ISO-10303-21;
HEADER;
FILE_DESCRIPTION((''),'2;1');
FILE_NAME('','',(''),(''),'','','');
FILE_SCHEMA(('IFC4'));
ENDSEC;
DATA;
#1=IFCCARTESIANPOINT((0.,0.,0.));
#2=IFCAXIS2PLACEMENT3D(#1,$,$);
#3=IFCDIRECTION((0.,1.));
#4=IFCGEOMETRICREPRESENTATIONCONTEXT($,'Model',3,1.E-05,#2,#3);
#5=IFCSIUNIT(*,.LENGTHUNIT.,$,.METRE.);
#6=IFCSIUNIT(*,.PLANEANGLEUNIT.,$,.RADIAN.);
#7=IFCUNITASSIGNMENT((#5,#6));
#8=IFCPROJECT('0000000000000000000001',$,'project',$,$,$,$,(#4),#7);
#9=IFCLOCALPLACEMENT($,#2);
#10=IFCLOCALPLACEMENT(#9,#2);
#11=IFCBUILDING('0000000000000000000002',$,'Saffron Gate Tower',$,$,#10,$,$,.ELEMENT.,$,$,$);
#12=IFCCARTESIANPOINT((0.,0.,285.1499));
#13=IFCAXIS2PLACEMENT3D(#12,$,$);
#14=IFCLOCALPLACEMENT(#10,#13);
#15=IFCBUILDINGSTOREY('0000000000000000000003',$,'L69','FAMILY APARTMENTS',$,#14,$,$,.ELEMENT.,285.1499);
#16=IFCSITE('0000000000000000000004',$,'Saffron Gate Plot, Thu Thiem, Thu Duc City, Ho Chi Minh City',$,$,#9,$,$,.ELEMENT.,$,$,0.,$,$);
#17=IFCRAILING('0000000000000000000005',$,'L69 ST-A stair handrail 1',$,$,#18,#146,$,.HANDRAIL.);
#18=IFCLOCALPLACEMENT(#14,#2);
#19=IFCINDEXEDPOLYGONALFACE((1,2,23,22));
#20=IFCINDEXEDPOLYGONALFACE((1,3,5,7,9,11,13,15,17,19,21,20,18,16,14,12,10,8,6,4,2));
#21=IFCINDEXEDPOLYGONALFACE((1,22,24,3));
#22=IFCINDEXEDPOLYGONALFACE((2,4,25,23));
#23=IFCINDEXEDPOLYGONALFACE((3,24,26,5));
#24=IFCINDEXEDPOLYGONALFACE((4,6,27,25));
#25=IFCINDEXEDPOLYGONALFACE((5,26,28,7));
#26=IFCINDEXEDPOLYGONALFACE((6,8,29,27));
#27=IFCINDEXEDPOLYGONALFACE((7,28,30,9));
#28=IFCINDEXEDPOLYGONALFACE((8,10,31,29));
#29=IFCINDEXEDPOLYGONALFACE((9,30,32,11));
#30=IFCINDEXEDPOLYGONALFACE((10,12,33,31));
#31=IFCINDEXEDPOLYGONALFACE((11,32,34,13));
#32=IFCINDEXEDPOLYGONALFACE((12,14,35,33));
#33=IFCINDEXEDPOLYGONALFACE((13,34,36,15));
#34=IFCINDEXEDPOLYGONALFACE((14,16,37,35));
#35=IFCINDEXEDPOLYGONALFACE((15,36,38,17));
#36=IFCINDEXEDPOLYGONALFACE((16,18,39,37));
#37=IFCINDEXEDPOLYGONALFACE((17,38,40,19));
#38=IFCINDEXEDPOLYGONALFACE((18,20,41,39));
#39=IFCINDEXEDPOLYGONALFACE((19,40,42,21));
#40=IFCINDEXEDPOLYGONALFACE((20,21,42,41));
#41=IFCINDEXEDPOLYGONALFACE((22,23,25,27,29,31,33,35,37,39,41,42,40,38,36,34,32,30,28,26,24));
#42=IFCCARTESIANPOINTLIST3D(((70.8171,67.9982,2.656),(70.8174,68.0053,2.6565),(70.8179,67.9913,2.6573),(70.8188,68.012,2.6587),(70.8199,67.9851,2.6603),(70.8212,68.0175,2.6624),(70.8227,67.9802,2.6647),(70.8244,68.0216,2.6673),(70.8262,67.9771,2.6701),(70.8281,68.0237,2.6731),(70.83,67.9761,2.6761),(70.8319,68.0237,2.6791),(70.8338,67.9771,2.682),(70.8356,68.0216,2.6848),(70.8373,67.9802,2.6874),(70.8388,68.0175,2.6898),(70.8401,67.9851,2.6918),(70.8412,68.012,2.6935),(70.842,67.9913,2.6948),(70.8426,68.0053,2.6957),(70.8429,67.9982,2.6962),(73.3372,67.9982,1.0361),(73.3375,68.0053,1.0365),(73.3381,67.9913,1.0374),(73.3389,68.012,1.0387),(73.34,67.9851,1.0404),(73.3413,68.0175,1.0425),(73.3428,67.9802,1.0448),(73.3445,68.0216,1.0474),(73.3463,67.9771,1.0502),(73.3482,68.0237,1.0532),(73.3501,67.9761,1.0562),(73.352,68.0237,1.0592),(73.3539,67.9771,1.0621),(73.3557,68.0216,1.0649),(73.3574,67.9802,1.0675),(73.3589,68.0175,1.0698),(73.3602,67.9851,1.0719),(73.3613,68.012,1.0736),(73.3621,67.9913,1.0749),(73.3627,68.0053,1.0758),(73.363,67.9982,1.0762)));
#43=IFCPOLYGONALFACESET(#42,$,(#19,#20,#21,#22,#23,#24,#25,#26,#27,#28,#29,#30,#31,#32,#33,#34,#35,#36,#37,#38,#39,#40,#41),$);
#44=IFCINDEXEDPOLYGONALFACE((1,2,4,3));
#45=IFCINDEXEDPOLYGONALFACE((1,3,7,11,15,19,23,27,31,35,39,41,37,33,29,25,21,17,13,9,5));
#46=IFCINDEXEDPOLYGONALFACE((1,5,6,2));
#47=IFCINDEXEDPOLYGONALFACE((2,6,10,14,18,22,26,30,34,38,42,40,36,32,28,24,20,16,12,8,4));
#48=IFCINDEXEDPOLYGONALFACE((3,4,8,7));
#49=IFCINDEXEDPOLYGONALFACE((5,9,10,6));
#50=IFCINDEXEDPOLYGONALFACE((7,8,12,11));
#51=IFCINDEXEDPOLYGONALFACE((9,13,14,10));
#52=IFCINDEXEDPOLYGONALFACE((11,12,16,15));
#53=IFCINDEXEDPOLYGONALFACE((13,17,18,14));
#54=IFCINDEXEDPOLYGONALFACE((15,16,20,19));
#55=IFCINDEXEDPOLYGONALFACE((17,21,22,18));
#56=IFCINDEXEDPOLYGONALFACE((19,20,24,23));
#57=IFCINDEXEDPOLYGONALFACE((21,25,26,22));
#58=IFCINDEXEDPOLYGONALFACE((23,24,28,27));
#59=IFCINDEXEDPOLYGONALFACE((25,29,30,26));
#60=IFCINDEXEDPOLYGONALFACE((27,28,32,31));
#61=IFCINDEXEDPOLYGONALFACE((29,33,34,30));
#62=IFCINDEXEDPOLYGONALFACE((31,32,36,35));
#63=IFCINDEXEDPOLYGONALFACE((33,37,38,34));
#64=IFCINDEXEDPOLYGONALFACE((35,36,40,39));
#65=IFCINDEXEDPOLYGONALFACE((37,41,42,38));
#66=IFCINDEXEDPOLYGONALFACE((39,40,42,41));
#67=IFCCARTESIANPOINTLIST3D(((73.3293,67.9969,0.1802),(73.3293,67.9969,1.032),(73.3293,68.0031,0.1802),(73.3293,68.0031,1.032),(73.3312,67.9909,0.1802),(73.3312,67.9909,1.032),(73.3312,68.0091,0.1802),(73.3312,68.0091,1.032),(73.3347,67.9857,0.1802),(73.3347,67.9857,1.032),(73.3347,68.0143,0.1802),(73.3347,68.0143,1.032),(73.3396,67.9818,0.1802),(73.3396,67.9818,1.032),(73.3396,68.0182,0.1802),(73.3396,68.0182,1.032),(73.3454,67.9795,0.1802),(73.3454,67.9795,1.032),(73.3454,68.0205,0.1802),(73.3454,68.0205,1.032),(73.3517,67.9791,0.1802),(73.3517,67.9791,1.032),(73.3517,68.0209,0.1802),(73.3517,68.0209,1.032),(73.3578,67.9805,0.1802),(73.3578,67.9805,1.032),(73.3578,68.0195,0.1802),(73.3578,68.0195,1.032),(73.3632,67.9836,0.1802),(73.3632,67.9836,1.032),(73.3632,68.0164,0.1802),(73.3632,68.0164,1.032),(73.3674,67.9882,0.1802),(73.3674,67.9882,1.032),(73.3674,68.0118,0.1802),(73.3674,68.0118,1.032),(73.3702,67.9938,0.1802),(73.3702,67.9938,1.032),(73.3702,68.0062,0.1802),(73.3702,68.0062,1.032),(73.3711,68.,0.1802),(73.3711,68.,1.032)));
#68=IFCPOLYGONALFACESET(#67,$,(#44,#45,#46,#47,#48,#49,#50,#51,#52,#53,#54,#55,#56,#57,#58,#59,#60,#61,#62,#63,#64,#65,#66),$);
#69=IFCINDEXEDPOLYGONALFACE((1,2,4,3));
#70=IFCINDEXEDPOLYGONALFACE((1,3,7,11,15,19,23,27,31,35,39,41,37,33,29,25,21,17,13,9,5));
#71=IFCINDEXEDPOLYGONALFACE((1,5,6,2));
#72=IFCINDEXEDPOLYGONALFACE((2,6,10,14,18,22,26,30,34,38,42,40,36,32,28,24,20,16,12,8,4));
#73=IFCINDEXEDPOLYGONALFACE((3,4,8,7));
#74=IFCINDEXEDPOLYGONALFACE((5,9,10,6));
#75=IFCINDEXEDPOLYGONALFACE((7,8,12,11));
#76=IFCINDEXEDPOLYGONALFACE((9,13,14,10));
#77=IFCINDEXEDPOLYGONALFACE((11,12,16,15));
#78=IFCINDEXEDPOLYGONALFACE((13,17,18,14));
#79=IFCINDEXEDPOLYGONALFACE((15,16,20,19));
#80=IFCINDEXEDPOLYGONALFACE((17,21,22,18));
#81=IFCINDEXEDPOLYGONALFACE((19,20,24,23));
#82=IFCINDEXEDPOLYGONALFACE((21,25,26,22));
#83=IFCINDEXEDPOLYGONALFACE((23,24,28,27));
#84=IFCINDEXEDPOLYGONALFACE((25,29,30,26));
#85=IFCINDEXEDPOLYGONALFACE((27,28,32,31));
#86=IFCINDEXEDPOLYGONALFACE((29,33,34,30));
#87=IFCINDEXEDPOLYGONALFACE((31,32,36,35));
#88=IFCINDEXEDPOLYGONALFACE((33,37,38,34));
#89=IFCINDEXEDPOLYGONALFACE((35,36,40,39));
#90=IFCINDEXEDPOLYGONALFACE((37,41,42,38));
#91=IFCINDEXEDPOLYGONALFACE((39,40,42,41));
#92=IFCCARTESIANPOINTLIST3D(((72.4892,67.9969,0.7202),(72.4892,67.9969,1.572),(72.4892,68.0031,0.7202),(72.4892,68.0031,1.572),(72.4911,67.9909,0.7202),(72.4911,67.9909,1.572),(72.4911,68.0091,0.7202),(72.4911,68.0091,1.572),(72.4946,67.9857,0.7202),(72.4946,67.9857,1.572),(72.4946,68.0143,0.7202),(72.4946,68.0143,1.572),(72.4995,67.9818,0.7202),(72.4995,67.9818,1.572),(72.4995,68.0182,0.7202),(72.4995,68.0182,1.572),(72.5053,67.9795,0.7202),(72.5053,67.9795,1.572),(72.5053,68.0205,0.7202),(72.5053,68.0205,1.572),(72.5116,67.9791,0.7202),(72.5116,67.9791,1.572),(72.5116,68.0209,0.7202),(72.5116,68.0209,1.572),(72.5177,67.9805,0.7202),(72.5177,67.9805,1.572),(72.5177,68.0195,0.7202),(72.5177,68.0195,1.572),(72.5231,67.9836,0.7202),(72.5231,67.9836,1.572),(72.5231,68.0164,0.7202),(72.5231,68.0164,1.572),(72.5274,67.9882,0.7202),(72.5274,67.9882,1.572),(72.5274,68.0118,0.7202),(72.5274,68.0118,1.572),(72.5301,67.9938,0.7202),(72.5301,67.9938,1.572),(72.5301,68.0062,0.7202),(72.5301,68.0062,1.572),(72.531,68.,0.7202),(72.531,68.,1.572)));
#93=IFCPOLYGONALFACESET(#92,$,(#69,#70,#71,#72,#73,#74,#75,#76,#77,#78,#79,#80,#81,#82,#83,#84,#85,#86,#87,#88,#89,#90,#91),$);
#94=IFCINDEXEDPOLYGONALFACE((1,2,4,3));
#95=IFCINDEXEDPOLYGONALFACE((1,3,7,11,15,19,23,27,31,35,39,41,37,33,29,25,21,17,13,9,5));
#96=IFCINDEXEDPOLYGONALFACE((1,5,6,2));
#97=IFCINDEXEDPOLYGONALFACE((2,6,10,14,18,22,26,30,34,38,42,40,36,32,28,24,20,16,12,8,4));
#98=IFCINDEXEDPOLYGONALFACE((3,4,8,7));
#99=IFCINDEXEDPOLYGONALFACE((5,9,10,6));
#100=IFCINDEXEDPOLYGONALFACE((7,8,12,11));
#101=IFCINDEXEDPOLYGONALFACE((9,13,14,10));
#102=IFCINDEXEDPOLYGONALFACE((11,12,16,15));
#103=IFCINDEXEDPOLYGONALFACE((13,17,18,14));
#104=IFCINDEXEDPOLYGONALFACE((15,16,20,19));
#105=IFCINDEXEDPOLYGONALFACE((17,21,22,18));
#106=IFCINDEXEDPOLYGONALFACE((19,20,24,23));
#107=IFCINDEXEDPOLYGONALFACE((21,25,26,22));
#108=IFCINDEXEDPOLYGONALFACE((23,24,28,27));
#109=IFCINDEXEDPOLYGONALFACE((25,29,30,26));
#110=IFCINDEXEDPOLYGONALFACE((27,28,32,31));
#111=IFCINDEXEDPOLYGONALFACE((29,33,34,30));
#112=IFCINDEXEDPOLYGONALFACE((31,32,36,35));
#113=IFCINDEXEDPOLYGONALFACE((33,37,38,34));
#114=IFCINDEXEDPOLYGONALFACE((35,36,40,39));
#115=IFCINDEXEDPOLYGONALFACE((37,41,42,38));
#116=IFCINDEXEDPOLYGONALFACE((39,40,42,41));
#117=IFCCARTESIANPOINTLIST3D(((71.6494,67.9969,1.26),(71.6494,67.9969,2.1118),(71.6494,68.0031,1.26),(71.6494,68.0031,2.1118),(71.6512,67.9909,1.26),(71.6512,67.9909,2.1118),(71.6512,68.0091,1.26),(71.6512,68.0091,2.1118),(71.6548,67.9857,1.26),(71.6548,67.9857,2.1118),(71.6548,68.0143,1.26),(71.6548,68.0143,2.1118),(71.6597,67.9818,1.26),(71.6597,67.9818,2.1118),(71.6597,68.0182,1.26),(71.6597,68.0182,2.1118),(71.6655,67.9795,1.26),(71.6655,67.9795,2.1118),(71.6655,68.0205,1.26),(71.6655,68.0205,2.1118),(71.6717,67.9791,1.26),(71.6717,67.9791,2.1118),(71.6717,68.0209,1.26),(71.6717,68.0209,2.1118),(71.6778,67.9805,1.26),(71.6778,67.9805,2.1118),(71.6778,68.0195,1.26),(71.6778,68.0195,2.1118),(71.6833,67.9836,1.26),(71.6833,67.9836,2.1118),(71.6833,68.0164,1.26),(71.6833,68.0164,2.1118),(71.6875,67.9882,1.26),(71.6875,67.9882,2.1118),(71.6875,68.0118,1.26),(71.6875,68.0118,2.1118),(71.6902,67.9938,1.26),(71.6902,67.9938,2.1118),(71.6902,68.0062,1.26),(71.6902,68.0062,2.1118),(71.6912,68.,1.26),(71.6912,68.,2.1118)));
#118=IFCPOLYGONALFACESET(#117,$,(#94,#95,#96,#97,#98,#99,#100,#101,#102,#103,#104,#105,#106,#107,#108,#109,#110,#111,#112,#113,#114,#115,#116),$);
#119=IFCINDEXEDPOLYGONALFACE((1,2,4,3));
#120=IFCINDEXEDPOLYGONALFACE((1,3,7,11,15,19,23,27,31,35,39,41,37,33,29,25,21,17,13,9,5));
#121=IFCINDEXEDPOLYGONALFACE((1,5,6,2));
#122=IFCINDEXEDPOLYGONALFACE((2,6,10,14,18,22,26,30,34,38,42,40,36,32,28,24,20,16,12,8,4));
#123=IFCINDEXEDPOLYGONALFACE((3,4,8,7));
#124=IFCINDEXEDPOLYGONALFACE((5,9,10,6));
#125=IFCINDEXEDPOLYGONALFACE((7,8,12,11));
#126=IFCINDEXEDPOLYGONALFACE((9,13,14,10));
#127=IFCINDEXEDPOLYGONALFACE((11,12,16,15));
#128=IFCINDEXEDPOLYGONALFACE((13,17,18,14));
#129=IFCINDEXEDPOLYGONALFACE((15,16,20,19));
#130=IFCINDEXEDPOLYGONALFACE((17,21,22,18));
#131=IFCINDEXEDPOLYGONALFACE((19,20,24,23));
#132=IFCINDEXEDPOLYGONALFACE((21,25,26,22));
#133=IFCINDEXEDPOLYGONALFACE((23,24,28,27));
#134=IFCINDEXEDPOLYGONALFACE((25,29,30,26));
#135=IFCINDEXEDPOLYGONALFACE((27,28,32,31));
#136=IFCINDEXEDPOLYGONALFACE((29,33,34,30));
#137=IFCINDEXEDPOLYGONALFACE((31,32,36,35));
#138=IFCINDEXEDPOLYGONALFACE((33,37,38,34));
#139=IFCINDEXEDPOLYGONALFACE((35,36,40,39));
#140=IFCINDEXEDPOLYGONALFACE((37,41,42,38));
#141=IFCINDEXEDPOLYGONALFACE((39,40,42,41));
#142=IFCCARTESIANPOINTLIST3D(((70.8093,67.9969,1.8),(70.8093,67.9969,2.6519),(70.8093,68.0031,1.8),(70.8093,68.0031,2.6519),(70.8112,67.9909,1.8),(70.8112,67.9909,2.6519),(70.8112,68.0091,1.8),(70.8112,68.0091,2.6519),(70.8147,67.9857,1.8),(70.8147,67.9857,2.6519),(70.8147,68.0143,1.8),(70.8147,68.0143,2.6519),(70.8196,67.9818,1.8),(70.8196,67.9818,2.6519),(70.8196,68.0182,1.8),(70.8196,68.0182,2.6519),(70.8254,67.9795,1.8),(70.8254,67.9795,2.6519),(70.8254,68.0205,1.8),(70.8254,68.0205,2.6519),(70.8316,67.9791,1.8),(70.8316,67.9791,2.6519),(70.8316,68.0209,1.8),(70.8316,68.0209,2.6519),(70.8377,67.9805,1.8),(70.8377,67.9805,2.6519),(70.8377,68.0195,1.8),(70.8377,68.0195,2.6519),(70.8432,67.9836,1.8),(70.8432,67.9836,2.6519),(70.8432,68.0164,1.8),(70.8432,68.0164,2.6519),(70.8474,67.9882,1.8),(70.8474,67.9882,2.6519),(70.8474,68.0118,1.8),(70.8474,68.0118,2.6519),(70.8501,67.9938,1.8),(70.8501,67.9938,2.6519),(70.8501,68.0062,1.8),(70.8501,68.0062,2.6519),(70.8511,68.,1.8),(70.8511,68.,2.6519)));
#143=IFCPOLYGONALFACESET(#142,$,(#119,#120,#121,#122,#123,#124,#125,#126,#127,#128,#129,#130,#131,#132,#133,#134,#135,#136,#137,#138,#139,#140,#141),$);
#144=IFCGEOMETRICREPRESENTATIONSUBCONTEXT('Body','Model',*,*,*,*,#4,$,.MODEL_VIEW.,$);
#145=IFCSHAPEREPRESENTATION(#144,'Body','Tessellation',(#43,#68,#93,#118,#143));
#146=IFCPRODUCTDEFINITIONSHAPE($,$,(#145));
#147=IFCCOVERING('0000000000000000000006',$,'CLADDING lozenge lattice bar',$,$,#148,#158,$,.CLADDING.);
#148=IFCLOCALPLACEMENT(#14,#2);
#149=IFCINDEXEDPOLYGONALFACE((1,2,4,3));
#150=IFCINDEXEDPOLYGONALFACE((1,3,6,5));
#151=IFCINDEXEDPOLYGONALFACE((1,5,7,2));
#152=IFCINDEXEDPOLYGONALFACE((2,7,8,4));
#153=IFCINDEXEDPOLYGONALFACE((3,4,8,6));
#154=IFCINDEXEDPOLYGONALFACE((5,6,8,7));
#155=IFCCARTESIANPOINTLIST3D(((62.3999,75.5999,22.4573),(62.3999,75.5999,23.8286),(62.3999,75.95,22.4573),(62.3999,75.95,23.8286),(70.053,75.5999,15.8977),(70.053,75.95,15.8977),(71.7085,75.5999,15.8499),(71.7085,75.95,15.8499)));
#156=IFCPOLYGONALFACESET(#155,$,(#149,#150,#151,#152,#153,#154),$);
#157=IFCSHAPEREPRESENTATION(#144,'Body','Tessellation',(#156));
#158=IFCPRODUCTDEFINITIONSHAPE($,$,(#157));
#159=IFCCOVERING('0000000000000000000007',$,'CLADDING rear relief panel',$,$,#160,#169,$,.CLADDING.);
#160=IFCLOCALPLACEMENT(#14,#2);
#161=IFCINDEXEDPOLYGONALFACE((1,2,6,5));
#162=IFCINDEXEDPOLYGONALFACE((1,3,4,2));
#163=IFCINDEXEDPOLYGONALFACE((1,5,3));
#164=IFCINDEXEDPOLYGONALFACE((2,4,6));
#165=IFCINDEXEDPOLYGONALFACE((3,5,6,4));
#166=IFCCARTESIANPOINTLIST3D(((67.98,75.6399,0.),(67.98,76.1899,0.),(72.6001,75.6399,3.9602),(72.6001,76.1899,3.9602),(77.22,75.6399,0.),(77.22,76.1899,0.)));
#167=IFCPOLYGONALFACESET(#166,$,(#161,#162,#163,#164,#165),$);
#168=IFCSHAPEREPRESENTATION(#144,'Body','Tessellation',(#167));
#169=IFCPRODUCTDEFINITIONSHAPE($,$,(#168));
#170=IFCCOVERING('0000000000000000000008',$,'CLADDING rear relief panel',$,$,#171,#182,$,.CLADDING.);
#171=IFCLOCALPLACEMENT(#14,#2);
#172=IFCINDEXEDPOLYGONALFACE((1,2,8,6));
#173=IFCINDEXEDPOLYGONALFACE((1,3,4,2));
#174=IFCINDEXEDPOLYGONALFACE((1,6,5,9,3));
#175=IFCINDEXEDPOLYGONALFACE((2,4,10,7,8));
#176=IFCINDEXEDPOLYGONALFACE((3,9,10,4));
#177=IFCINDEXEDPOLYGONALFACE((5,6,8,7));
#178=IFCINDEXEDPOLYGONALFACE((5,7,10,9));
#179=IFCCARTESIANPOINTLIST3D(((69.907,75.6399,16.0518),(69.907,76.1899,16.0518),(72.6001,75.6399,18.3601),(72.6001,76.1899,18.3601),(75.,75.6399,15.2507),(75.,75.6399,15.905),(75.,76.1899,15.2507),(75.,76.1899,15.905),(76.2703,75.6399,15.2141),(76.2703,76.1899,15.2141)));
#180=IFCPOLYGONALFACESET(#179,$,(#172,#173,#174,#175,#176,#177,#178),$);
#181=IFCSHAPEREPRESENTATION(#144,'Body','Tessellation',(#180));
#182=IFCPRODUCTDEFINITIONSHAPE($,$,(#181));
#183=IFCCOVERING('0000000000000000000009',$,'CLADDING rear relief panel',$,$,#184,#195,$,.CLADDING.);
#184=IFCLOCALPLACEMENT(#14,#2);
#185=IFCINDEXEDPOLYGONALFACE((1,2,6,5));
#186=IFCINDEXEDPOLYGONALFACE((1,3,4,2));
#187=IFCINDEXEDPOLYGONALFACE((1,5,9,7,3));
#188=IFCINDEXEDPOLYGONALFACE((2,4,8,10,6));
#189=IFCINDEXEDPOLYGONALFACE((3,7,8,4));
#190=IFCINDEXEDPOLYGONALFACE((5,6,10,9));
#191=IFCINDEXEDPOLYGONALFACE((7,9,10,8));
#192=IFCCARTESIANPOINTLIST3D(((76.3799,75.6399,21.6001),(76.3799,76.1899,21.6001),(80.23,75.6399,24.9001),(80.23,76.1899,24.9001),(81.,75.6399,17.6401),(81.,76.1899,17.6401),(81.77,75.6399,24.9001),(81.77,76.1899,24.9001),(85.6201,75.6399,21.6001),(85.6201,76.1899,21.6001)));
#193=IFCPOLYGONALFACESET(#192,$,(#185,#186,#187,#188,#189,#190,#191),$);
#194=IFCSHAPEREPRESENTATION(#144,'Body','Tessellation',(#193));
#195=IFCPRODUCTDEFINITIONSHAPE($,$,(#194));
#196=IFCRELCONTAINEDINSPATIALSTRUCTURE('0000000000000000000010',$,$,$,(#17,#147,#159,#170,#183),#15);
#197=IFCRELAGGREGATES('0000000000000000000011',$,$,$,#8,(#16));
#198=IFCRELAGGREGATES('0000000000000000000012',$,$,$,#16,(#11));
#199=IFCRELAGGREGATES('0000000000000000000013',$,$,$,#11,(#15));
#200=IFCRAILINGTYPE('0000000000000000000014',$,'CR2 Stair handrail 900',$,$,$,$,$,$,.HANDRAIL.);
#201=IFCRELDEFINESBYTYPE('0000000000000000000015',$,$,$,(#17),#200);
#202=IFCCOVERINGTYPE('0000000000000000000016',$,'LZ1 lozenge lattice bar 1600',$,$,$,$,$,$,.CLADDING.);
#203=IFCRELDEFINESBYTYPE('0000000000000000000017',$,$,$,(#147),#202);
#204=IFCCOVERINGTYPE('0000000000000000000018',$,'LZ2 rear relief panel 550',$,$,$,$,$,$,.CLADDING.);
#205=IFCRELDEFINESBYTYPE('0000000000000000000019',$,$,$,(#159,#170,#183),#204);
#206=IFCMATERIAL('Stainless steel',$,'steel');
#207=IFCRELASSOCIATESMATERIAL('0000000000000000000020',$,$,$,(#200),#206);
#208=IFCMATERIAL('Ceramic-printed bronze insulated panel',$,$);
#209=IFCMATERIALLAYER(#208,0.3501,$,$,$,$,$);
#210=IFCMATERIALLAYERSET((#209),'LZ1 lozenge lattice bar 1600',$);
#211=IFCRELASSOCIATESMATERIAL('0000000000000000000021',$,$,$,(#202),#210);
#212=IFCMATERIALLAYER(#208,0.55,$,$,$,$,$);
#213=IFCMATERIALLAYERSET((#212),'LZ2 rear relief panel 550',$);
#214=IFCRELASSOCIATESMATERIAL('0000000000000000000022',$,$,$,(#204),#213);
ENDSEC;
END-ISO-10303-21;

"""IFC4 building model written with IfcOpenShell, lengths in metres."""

from ifc_helpers import new_model, si_unit, direction, frame, origin, origin_2d, place, context, subcontext, project, spatial, polyline, circle, outline, extrude, material, layer, layer_set, type_object, element, save


model = new_model("IFC4")

# Units and contexts
model_context = context("Model", 3, precision=1e-05, world=origin(), true_north=direction((0.0, 1.0)))
body_context = subcontext(model_context, "Body", "Model", "MODEL_VIEW")
ifc_project = project(units=[si_unit("LENGTHUNIT", "METRE"), si_unit("PLANEANGLEUNIT", "RADIAN")], contexts=[model_context])

# Site, building, storey
site_placement = place(None, origin())
site = spatial("IfcSite", under=ifc_project, at=site_placement, Name="Saffron Gate Plot, Thu Thiem, Thu Duc City, Ho Chi Minh City", CompositionType="ELEMENT", RefElevation=0.0)
building_placement = place(site_placement, origin())
building = spatial("IfcBuilding", under=site, at=building_placement, Name="Saffron Gate Tower", CompositionType="ELEMENT")
storey_placement = place(building_placement, frame((0.0, 0.0, 285.1499)))
storey = spatial("IfcBuildingStorey", under=building, at=storey_placement, Name="L69", Description="FAMILY APARTMENTS", CompositionType="ELEMENT", Elevation=285.1499)

# Railing
ifc_material_1 = material(Name="Stainless steel", Category="steel")
railing_type = type_object("IfcRailingType", Name="CR2 Stair handrail 900", PredefinedType="HANDRAIL", material=ifc_material_1)
railing_placement = place(storey_placement, frame((73.3501, 68.0, 0.1802)))
element("IfcRailing", 1, at=railing_placement, inside=storey, type_object=railing_type, Name="L69 ST-A stair handrail 1", PredefinedType="HANDRAIL", context=body_context, shape_type="SweptSolid", body=[
    extrude(circle(Radius=0.0239, at=origin_2d()), frame((0.0, 0.0, 0.876), z_axis=(-0.8412, 0.0, 0.540725), x_axis=(0.0, -1.0, 0.0)), (0.0, 0.0, 1.0), 2.9958),
    extrude(circle(Radius=0.021, at=origin_2d()), origin(), (0.0, 0.0, 1.0), 0.8518),
    extrude(circle(Radius=0.021, at=origin_2d()), frame((-0.8401, 0.0, 0.54)), (0.0, 0.0, 1.0), 0.8518),
    extrude(circle(Radius=0.021, at=origin_2d()), frame((-1.6799, 0.0, 1.0798)), (0.0, 0.0, 1.0), 0.8518),
    extrude(circle(Radius=0.021, at=origin_2d()), frame((-2.52, 0.0, 1.6199)), (0.0, 0.0, 1.0), 0.8518),
])

# Coverings
ifc_material_2 = material(Name="Ceramic-printed bronze insulated panel")
ifc_layer_1 = layer(ifc_material_2, 0.3501)
ifc_layer_set_1 = layer_set([ifc_layer_1], Name="LZ1 lozenge lattice bar 1600")
covering_type_1 = type_object("IfcCoveringType", Name="LZ1 lozenge lattice bar 1600", PredefinedType="CLADDING", material=ifc_layer_set_1)
covering_1_placement = place(storey_placement, frame((71.7085, 75.95, 15.8499), z_axis=(0.0, 1.0, 0.0), x_axis=(-0.999583, 0.0, 0.028892)))
element("IfcCovering", 2, at=covering_1_placement, inside=storey, type_object=covering_type_1, Name="CLADDING lozenge lattice bar", PredefinedType="CLADDING", context=body_context, shape_type="SweptSolid", body=[
    extrude(outline(polyline([(0.0, 0.0), (1.6562, 0.0), (9.4956, 6.3357), (9.5352, 7.7065), (0.0, 0.0)])), origin(), (0.0, 0.0, -1.0), 0.3501),
])
ifc_layer_2 = layer(ifc_material_2, 0.55)
ifc_layer_set_2 = layer_set([ifc_layer_2], Name="LZ2 rear relief panel 550")
covering_type_2 = type_object("IfcCoveringType", Name="LZ2 rear relief panel 550", PredefinedType="CLADDING", material=ifc_layer_set_2)
covering_2_placement = place(storey_placement, frame((72.6001, 76.1899, 3.9602), z_axis=(0.0, 1.0, 0.0), x_axis=(0.759231, 0.0, -0.650821)))
element("IfcCovering", 3, at=covering_2_placement, inside=storey, type_object=covering_type_2, Name="CLADDING rear relief panel", PredefinedType="CLADDING", context=body_context, shape_type="SweptSolid", body=[
    extrude(outline(polyline([(0.0, 0.0), (6.0849, 0.0), (-0.9304, 6.0136), (0.0, 0.0)])), origin(), (0.0, 0.0, -1.0), 0.55),
])
covering_3_placement = place(storey_placement, frame((72.6001, 76.1899, 18.3601), z_axis=(0.0, 1.0, 0.0), x_axis=(0.759242, 0.0, -0.650808)))
element("IfcCovering", 4, at=covering_3_placement, inside=storey, type_object=covering_type_2, Name="CLADDING rear relief panel", PredefinedType="CLADDING", context=body_context, shape_type="SweptSolid", body=[
    extrude(outline(polyline([(0.0, 0.0), (4.834, 0.0), (3.8457, 0.7989), (3.4199, 0.3021), (-0.5424, 3.5053), (0.0, 0.0)])), origin(), (0.0, 0.0, -1.0), 0.55),
])
covering_4_placement = place(storey_placement, frame((76.3799, 76.1899, 21.6001), z_axis=(0.0, 1.0, 0.0), x_axis=(0.75926, 0.0, 0.650787)))
element("IfcCovering", 5, at=covering_4_placement, inside=storey, type_object=covering_type_2, Name="CLADDING rear relief panel", PredefinedType="CLADDING", context=body_context, shape_type="SweptSolid", body=[
    extrude(outline(polyline([(0.0, 0.0), (5.0709, 0.0), (6.2401, 1.0022), (7.0157, 6.0134), (0.9308, 6.0134), (0.0, 0.0)])), origin(), (0.0, 0.0, -1.0), 0.55),
])

save(model, "model.ifc")
